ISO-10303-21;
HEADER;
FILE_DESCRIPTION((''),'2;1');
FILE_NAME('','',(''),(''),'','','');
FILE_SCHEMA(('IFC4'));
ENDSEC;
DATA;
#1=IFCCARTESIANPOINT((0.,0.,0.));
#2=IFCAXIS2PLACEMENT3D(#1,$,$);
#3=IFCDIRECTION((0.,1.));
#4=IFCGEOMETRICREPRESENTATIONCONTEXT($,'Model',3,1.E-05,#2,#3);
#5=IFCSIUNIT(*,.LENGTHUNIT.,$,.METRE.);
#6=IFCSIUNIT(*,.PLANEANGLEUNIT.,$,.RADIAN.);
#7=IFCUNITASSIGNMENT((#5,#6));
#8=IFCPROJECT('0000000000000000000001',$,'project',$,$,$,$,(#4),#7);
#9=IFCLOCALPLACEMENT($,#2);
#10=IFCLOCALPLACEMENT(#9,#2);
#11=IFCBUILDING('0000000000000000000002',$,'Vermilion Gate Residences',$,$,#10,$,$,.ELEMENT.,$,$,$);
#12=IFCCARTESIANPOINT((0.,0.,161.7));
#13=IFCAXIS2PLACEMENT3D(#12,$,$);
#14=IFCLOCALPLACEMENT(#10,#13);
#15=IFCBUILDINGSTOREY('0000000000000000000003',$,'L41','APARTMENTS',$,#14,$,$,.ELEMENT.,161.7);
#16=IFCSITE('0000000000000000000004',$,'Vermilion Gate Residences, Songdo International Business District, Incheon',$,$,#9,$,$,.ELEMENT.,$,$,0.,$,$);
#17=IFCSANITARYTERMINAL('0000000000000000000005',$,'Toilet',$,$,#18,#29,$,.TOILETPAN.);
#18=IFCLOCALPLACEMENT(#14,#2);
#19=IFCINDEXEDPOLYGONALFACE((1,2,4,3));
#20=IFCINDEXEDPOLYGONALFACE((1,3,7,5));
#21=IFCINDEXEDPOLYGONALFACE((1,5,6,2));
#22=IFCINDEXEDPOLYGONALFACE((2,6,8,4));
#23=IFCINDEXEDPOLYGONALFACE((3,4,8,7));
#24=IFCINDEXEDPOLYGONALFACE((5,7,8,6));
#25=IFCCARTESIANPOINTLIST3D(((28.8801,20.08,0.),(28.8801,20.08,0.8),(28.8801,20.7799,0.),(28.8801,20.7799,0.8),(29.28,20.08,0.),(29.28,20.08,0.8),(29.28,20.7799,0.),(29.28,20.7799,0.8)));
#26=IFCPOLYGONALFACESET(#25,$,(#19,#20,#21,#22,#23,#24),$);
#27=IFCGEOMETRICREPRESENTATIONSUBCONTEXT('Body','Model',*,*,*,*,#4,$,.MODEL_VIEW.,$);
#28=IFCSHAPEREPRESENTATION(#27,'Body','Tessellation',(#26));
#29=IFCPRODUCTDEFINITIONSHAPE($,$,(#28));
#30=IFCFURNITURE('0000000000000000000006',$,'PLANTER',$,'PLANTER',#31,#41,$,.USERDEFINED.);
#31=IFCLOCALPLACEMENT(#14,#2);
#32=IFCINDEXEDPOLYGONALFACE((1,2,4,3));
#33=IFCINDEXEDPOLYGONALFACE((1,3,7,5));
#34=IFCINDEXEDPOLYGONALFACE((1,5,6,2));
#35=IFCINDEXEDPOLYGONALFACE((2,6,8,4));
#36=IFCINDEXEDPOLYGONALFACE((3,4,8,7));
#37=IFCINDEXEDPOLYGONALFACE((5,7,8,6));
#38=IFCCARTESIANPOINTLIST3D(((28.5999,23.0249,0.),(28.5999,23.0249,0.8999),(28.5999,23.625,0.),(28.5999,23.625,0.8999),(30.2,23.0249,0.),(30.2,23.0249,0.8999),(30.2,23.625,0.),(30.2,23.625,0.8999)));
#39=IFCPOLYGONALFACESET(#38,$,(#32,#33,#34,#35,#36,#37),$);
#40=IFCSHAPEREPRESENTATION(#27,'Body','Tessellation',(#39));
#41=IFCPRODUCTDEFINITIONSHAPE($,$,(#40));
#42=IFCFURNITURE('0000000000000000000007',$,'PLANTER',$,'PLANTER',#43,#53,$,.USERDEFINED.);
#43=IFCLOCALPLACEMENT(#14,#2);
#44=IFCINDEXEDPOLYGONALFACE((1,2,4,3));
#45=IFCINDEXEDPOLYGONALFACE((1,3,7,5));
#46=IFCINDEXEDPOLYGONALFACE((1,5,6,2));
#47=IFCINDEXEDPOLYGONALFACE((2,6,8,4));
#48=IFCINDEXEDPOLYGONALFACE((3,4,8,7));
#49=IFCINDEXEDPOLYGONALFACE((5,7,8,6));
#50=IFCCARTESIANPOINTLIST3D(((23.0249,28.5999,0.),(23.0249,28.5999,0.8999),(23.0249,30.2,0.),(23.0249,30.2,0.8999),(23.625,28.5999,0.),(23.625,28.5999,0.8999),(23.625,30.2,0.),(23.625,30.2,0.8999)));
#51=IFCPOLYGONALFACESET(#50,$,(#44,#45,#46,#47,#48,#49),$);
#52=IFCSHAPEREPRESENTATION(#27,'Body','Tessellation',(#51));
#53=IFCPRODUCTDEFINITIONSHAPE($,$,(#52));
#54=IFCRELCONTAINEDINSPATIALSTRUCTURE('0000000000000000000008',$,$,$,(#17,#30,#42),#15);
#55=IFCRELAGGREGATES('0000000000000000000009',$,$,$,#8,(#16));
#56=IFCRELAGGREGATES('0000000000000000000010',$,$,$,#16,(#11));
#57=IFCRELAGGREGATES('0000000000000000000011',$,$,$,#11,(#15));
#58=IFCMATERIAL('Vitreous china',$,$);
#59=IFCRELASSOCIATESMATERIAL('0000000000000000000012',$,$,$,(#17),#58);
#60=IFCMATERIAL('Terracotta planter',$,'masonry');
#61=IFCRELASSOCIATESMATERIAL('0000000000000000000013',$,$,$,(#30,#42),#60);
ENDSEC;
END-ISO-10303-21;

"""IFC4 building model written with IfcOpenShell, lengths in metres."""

from ifc_helpers import new_model, si_unit, direction, frame, origin, origin_2d, place, context, subcontext, project, spatial, rectangle, extrude, material, element, save


model = new_model("IFC4")

# Units and contexts
model_context = context("Model", 3, precision=1e-05, world=origin(), true_north=direction((0.0, 1.0)))
body_context = subcontext(model_context, "Body", "Model", "MODEL_VIEW")
ifc_project = project(units=[si_unit("LENGTHUNIT", "METRE"), si_unit("PLANEANGLEUNIT", "RADIAN")], contexts=[model_context])

# Site, building, storey
site_placement = place(None, origin())
site = spatial("IfcSite", under=ifc_project, at=site_placement, Name="Vermilion Gate Residences, Songdo International Business District, Incheon", CompositionType="ELEMENT", RefElevation=0.0)
building_placement = place(site_placement, origin())
building = spatial("IfcBuilding", under=site, at=building_placement, Name="Vermilion Gate Residences", CompositionType="ELEMENT")
storey_placement = place(building_placement, frame((0.0, 0.0, 161.7)))
storey = spatial("IfcBuildingStorey", under=building, at=storey_placement, Name="L41", Description="APARTMENTS", CompositionType="ELEMENT", Elevation=161.7)

# Sanitary terminal
ifc_material_1 = material(Name="Vitreous china")
sanitary_terminal_1_placement = place(storey_placement, frame((29.0801, 20.4299, 0.0), z_axis=(0.0, 0.0, 1.0), x_axis=(1.0, 0.0, 0.0)))
element("IfcSanitaryTerminal", 1, at=sanitary_terminal_1_placement, inside=storey, material=ifc_material_1, Name="Toilet", PredefinedType="TOILETPAN", context=body_context, shape_type="SweptSolid", body=[
    extrude(rectangle(XDim=0.3999, YDim=0.7, at=origin_2d()), origin(), (0.0, 0.0, 1.0), 0.8),
])

# Furniture
ifc_material_2 = material(Name="Terracotta planter", Category="masonry")
for number, where, z_axis, x_axis, name in (
    (2, (29.3999, 23.325, 0.0), (0.0, 0.0, 1.0), (-1.0, 0.0, 0.0), "PLANTER"),
    (3, (23.325, 29.3999, 0.0), (0.0, 0.0, 1.0), (0.0, 1.0, 0.0), "PLANTER"),
):
    element("IfcFurniture", number, at=place(storey_placement, frame(where, z_axis=z_axis, x_axis=x_axis)), inside=storey, material=ifc_material_2, Name=name, ObjectType="PLANTER", PredefinedType="USERDEFINED", context=body_context, shape_type="SweptSolid", body=[
        extrude(rectangle(XDim=1.6001, YDim=0.6001, at=origin_2d()), origin(), (0.0, 0.0, 1.0), 0.8999),
    ])

save(model, "model.ifc")
